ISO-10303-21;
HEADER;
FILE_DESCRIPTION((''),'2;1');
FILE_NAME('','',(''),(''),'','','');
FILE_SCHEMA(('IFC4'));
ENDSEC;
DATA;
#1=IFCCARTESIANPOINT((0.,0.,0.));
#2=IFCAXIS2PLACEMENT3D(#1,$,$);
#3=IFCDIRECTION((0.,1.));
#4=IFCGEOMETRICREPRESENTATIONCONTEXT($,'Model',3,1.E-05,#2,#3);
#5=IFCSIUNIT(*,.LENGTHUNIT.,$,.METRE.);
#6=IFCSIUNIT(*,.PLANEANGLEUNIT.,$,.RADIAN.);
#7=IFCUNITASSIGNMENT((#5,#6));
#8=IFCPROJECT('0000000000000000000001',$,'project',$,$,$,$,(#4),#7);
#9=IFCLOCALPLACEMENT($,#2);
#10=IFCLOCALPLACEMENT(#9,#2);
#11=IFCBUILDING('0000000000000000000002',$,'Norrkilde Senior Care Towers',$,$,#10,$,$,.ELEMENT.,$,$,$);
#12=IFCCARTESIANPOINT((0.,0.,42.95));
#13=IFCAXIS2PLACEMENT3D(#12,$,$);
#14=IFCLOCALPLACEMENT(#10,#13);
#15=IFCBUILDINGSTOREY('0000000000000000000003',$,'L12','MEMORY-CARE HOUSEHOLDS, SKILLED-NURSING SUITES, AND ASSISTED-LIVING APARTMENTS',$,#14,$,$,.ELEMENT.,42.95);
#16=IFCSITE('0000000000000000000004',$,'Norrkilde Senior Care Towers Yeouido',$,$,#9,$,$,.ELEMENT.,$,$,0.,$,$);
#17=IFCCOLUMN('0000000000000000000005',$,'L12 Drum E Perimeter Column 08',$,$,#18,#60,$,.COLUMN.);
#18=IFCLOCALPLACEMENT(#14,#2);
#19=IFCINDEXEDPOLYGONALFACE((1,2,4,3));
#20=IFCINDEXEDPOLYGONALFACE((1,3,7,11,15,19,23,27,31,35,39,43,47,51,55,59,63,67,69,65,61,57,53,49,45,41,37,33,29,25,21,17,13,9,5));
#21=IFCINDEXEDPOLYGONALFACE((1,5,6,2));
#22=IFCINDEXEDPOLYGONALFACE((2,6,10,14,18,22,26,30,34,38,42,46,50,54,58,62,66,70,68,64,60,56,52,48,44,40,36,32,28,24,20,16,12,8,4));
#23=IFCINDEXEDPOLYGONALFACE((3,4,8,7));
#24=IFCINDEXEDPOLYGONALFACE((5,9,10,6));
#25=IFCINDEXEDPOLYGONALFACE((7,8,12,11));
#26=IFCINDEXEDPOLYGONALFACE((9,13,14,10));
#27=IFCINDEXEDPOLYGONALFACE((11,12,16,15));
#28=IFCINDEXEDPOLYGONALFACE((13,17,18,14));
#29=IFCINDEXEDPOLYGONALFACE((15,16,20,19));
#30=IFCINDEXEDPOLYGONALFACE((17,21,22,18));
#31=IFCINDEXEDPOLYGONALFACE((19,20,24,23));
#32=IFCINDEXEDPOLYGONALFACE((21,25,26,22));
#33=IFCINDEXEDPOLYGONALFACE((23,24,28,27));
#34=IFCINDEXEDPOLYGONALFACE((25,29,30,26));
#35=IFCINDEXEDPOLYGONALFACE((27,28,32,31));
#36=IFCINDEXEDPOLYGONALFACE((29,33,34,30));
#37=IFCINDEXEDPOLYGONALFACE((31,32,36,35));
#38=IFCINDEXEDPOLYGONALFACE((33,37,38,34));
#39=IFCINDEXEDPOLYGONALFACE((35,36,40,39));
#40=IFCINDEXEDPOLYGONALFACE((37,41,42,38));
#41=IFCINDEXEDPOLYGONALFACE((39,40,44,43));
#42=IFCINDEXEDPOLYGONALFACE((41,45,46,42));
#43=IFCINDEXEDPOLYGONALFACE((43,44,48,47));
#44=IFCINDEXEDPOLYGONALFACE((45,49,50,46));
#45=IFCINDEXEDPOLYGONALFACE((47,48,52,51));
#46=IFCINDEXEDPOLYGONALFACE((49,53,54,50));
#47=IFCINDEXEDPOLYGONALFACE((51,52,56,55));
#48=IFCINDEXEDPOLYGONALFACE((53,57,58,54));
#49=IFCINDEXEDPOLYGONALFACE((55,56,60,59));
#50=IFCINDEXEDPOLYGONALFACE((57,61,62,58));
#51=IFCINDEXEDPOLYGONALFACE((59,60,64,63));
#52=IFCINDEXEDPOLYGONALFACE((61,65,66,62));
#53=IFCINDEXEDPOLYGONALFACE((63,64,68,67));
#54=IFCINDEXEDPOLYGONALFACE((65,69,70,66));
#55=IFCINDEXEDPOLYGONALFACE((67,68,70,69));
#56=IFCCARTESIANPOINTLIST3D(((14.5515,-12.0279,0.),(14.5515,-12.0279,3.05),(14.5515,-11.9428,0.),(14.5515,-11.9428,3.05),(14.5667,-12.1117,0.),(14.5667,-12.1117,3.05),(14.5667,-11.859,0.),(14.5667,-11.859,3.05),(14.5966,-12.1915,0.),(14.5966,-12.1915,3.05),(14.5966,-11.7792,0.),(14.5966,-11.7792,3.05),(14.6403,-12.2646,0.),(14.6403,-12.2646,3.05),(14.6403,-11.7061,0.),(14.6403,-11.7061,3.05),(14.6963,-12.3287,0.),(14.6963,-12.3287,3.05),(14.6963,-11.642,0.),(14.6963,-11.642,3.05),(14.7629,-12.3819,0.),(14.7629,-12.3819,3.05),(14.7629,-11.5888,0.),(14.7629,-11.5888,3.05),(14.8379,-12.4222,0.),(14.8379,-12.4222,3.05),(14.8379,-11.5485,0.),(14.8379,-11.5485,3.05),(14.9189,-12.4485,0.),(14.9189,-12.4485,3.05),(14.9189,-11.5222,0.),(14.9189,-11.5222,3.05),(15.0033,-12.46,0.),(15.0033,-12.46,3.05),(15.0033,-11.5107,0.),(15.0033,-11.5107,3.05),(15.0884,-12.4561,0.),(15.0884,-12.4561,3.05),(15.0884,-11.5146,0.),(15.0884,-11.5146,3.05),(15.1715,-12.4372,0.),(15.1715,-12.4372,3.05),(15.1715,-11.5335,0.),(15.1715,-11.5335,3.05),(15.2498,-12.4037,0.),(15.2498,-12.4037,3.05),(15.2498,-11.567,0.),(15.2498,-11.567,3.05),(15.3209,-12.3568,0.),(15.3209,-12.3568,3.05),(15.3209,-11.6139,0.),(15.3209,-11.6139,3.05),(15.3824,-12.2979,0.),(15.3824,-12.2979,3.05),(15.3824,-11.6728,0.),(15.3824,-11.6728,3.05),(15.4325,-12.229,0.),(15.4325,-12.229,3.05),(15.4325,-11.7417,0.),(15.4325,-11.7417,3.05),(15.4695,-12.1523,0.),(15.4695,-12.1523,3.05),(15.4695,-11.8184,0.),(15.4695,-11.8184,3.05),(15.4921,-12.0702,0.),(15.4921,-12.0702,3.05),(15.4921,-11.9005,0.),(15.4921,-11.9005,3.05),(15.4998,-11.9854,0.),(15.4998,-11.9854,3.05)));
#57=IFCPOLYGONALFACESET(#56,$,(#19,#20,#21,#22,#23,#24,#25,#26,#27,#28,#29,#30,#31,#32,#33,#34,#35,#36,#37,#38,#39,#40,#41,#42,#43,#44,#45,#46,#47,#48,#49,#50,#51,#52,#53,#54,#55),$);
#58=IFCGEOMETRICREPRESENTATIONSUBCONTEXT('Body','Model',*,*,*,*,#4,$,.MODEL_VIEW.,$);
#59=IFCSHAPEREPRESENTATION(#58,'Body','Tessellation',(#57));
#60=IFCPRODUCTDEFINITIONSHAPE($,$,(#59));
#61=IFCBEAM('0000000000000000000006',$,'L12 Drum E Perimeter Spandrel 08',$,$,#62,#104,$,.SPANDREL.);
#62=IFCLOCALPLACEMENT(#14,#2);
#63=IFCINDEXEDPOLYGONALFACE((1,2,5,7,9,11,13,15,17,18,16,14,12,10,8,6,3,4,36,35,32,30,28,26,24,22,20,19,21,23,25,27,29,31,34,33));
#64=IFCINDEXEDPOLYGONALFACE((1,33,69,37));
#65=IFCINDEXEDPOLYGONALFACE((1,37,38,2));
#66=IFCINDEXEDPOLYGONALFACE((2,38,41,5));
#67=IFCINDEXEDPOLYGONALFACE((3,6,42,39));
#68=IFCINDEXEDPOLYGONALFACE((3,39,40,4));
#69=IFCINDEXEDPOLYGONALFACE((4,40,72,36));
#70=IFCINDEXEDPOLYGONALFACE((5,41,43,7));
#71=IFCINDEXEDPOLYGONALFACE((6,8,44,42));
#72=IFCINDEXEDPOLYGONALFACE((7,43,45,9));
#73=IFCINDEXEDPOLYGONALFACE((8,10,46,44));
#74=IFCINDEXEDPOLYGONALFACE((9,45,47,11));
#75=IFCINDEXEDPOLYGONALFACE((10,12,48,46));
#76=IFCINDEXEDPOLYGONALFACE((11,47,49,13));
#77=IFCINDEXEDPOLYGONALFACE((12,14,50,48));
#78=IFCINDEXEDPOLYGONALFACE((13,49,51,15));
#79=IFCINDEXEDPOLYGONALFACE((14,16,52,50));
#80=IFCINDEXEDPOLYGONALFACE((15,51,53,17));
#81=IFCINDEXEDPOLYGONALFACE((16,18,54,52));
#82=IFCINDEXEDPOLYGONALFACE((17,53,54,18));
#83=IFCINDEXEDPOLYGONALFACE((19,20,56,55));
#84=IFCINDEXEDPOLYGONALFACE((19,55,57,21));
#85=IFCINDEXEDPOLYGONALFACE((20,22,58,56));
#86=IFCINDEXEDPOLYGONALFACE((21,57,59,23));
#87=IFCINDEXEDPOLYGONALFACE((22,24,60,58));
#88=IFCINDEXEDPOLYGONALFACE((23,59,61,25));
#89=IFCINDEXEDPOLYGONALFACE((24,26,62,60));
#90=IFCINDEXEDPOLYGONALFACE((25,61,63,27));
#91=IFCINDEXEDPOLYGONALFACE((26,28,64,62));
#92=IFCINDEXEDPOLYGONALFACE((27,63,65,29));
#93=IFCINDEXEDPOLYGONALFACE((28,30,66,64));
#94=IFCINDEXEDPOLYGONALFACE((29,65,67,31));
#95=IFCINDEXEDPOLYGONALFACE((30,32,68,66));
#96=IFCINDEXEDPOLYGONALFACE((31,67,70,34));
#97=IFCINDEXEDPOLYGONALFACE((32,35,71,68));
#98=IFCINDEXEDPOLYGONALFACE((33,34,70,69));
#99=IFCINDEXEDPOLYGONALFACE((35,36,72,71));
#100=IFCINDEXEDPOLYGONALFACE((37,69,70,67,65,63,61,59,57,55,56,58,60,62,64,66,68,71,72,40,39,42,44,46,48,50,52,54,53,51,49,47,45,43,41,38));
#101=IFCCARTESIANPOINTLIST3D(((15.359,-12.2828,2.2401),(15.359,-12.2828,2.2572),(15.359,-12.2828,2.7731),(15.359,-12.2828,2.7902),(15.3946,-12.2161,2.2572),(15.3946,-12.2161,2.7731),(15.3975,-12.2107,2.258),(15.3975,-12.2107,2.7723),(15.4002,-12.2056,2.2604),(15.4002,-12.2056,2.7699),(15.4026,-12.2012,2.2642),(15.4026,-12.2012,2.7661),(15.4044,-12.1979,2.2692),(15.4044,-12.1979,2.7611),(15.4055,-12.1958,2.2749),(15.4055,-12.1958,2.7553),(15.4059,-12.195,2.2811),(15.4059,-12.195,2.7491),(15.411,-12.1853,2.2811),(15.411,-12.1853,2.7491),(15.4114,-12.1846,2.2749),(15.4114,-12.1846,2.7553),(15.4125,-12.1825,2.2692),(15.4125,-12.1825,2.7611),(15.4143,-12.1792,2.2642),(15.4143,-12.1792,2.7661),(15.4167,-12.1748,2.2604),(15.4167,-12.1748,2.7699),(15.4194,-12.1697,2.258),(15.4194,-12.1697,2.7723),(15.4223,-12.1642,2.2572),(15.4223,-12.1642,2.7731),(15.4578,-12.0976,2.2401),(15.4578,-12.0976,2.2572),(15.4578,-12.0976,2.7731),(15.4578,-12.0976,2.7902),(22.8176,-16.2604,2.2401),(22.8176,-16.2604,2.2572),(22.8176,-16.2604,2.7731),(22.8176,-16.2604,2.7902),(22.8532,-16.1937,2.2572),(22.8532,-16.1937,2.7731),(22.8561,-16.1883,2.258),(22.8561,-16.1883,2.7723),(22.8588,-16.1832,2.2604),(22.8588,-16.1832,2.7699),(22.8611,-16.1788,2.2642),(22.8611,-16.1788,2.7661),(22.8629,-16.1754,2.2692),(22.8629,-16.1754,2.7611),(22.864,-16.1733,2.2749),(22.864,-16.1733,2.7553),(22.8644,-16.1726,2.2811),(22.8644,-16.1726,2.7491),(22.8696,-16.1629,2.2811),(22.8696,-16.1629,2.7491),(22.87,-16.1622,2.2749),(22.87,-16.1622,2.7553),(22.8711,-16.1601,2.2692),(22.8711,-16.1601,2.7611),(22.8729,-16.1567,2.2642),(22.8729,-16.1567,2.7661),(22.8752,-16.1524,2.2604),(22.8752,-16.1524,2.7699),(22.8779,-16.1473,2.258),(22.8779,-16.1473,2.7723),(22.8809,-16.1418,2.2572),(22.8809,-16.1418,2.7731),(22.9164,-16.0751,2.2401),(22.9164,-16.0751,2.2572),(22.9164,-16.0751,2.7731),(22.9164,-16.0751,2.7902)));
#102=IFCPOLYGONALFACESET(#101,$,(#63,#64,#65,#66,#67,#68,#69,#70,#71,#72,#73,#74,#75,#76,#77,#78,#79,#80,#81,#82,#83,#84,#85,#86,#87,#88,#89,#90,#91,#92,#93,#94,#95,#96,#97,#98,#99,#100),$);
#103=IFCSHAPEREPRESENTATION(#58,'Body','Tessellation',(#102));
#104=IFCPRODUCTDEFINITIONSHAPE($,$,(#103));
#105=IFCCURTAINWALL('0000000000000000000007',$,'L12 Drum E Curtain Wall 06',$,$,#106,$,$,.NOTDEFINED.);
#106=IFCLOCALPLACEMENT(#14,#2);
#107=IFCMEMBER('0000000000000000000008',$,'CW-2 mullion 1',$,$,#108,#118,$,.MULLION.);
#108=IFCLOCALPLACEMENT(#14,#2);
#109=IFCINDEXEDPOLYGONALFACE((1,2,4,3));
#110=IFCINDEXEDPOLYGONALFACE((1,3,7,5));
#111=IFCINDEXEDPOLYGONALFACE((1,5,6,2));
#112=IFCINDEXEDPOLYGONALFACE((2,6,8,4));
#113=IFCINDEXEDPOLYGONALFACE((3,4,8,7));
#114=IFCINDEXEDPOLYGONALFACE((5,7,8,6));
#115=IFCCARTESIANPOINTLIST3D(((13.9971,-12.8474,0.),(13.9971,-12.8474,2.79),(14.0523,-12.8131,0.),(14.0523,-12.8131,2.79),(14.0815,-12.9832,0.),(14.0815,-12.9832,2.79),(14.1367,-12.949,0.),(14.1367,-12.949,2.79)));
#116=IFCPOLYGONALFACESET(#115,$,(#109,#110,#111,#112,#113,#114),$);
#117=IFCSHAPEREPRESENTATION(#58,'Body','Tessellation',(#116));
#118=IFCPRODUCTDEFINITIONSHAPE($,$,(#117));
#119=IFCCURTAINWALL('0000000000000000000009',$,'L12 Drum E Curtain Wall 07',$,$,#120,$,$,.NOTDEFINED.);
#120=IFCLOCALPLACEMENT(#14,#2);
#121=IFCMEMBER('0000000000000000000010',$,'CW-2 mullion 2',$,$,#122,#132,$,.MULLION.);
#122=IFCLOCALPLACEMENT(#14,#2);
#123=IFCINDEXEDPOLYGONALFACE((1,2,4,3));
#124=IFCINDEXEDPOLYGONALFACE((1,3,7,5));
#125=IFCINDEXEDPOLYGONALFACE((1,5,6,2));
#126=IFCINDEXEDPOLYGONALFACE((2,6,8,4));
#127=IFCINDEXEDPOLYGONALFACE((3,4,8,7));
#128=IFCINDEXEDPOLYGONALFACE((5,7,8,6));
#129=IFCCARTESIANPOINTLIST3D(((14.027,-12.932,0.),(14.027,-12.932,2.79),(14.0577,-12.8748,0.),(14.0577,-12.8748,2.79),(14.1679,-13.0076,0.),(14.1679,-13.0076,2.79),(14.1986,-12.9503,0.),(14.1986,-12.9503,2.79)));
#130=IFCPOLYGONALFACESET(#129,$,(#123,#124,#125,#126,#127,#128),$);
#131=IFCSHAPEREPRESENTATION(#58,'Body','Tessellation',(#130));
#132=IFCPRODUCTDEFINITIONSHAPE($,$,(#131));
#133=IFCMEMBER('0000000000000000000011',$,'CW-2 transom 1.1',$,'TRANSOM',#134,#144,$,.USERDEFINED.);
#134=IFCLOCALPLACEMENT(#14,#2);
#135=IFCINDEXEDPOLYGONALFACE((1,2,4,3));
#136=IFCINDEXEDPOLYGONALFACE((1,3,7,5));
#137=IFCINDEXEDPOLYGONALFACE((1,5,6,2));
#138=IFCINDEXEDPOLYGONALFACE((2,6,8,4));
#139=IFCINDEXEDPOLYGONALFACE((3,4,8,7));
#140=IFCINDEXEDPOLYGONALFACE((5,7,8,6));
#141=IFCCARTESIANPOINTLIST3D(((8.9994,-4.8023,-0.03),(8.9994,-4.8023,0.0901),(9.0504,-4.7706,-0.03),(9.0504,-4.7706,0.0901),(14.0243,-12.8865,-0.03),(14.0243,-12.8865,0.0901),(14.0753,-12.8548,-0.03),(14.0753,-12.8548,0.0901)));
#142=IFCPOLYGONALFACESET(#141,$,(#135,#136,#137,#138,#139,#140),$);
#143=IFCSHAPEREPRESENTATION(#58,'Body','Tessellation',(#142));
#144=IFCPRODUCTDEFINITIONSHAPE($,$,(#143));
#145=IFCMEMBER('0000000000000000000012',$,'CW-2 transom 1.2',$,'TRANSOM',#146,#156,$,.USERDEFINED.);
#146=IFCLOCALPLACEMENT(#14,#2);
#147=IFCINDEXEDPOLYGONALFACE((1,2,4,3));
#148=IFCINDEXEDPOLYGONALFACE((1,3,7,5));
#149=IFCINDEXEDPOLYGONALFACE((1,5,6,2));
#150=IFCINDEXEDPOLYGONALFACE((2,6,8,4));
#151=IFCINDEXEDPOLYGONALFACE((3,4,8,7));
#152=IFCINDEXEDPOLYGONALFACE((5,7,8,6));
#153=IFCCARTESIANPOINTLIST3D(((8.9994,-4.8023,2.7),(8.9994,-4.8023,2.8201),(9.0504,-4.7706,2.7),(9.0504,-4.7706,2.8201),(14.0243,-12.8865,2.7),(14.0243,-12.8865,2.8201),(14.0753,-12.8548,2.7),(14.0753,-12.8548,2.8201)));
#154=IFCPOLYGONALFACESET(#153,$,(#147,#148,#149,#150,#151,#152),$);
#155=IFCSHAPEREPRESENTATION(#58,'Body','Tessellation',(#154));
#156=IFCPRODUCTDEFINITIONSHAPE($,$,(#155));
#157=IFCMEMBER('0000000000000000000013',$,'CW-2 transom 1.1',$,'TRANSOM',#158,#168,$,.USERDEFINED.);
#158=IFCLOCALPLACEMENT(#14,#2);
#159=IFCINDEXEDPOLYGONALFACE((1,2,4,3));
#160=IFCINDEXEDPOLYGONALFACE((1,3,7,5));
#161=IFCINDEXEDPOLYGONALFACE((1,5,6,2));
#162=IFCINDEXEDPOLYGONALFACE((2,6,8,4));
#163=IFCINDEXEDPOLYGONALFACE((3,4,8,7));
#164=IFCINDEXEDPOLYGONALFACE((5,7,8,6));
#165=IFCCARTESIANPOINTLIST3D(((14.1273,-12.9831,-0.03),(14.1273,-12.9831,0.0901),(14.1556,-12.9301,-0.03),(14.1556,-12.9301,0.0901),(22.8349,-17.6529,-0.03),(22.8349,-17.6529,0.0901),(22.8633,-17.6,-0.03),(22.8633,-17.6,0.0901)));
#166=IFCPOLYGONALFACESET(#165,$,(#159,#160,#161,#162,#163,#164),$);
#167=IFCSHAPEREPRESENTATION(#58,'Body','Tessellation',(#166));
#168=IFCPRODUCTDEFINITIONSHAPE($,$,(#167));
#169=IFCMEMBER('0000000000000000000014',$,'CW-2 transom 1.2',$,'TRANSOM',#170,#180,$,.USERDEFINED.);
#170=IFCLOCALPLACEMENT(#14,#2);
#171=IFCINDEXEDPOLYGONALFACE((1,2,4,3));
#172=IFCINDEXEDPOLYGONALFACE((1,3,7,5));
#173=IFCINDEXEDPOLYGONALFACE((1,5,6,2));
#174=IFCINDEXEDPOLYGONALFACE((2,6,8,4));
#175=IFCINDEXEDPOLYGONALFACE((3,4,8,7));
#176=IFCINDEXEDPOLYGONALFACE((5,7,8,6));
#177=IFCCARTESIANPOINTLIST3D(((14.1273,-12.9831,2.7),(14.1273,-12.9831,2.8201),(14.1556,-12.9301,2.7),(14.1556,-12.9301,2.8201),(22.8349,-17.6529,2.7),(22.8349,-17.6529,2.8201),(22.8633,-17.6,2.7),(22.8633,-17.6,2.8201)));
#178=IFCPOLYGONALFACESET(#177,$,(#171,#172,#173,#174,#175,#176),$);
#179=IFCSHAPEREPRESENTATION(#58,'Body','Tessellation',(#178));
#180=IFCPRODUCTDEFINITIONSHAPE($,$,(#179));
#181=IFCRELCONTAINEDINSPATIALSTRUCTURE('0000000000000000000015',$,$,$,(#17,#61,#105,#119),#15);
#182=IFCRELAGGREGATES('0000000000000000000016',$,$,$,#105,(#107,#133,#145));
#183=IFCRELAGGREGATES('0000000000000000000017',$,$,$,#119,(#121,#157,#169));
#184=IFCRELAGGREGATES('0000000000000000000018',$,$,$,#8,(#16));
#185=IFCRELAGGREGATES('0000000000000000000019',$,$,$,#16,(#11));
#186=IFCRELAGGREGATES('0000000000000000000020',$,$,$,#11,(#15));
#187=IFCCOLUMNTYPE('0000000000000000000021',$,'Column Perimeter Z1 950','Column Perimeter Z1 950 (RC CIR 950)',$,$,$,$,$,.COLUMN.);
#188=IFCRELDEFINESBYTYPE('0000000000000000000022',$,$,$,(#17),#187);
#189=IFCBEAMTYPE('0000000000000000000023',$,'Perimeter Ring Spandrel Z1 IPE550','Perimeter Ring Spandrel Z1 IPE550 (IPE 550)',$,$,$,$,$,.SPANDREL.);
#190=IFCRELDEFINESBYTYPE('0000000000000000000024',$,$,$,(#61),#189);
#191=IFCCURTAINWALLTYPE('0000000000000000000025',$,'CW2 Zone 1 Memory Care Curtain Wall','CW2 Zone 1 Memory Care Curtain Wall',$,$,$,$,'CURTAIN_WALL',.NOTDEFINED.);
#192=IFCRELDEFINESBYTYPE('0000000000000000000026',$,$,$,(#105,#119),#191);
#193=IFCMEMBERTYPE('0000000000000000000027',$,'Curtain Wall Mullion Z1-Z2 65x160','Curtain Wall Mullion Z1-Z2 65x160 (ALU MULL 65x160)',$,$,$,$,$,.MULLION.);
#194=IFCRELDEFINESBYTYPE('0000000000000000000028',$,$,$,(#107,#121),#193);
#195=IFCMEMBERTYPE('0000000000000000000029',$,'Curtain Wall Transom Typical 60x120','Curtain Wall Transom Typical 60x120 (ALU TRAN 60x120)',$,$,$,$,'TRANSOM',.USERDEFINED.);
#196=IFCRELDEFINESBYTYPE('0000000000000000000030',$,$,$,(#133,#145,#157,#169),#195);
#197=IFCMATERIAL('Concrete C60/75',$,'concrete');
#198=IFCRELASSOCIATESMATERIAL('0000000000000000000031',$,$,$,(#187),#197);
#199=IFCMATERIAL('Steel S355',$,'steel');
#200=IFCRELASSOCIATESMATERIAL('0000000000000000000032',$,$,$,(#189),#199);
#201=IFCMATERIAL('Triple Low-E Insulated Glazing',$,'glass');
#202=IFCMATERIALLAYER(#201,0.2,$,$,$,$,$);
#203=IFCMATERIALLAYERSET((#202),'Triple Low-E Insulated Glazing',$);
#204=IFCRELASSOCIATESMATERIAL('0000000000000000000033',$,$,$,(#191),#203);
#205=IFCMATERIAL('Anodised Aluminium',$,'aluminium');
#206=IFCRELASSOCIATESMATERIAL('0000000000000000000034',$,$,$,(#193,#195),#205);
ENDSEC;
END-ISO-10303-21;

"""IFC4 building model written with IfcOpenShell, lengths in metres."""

from ifc_helpers import new_model, si_unit, direction, frame, origin, origin_2d, place, context, subcontext, project, spatial, rectangle, circle, i_section, extrude, source, transform, mapped, material, layer, layer_set, material_profile, profile_set, type_object, type_shapes, element, aggregate, save


model = new_model("IFC4")

# Units and contexts
model_context = context("Model", 3, precision=1e-05, world=origin(), true_north=direction((0.0, 1.0)))
body_context = subcontext(model_context, "Body", "Model", "MODEL_VIEW")
ifc_project = project(units=[si_unit("LENGTHUNIT", "METRE"), si_unit("PLANEANGLEUNIT", "RADIAN")], contexts=[model_context])

# Site, building, storey
site_placement = place(None, origin())
site = spatial("IfcSite", under=ifc_project, at=site_placement, Name="Norrkilde Senior Care Towers Yeouido", CompositionType="ELEMENT", RefElevation=0.0)
building_placement = place(site_placement, origin())
building = spatial("IfcBuilding", under=site, at=building_placement, Name="Norrkilde Senior Care Towers", CompositionType="ELEMENT")
storey_placement = place(building_placement, frame((0.0, 0.0, 42.95)))
storey = spatial("IfcBuildingStorey", under=building, at=storey_placement, Name="L12", Description="MEMORY-CARE HOUSEHOLDS, SKILLED-NURSING SUITES, AND ASSISTED-LIVING APARTMENTS", CompositionType="ELEMENT", Elevation=42.95)

# Column
ifc_material_1 = material(Name="Concrete C60/75", Category="concrete")
ifc_material_profile_1 = material_profile(ifc_material_1, circle(Radius=0.4751, at=origin_2d()), Name="RC CIR 950")
ifc_profile_set_1 = profile_set([ifc_material_profile_1], Name="Concrete C60/75")
column_type = type_object("IfcColumnType", Name="Column Perimeter Z1 950", Description="Column Perimeter Z1 950 (RC CIR 950)", PredefinedType="COLUMN", material=ifc_profile_set_1)
shared_shape_1 = source(origin(), body_context, "Body", "SweptSolid", [
    extrude(circle(Radius=0.4751, at=origin_2d()), origin(), (0.0, 0.0, 1.0), 3.05),
])
type_shapes(column_type, [shared_shape_1])
column_placement = place(storey_placement, frame((15.0247, -11.9854, 0.0), z_axis=(0.0, 0.0, 1.0), x_axis=(1.0, 0.0, 0.0)))
element("IfcColumn", 1, at=column_placement, inside=storey, type_object=column_type, Name="L12 Drum E Perimeter Column 08", PredefinedType="COLUMN", context=body_context, shape_type="MappedRepresentation", body=[
    mapped(shared_shape_1, transform((0.0, 0.0, 0.0), x_axis=(1.0, 0.0, 0.0), y_axis=(0.0, 1.0, 0.0), z_axis=(0.0, 0.0, 1.0), scale=1.0)),
])

# Beam
ifc_material_2 = material(Name="Steel S355", Category="steel")
ifc_material_profile_2 = material_profile(ifc_material_2, i_section(OverallWidth=0.21, OverallDepth=0.55, WebThickness=0.011, FlangeThickness=0.0171, FilletRadius=0.0239, at=origin_2d()), Name="IPE 550")
ifc_profile_set_2 = profile_set([ifc_material_profile_2], Name="Steel S355")
beam_type = type_object("IfcBeamType", Name="Perimeter Ring Spandrel Z1 IPE550", Description="Perimeter Ring Spandrel Z1 IPE550 (IPE 550)", PredefinedType="SPANDREL", material=ifc_profile_set_2)
shared_shape_2 = source(origin(), body_context, "Body", "SweptSolid", [
    extrude(i_section(OverallWidth=0.21, OverallDepth=0.55, WebThickness=0.011, FlangeThickness=0.0171, FilletRadius=0.0239, at=origin_2d()), origin(), (0.0, 0.0, 1.0), 8.4529),
])
type_shapes(beam_type, [shared_shape_2])
beam_placement = place(storey_placement, frame((15.4084, -12.1902, 2.5151), z_axis=(0.882369, -0.470558, 0.0), x_axis=(0.470558, 0.882369, 0.0)))
element("IfcBeam", 2, at=beam_placement, inside=storey, type_object=beam_type, Name="L12 Drum E Perimeter Spandrel 08", PredefinedType="SPANDREL", context=body_context, shape_type="MappedRepresentation", body=[
    mapped(shared_shape_2, transform((0.0, 0.0, 0.0), x_axis=(1.0, 0.0, 0.0), y_axis=(0.0, 1.0, 0.0), z_axis=(0.0, 0.0, 1.0), scale=1.0)),
])

# Curtain walls, members
ifc_material_3 = material(Name="Triple Low-E Insulated Glazing", Category="glass")
ifc_layer_1 = layer(ifc_material_3, 0.2)
ifc_layer_set_1 = layer_set([ifc_layer_1], Name="Triple Low-E Insulated Glazing")
curtain_wall_type = type_object("IfcCurtainWallType", Name="CW2 Zone 1 Memory Care Curtain Wall", Description="CW2 Zone 1 Memory Care Curtain Wall", ElementType="CURTAIN_WALL", PredefinedType="NOTDEFINED", material=ifc_layer_set_1)
curtain_wall_1_placement = place(storey_placement, origin())
curtain_wall_1 = element("IfcCurtainWall", 3, at=curtain_wall_1_placement, inside=storey, type_object=curtain_wall_type, Name="L12 Drum E Curtain Wall 06", PredefinedType="NOTDEFINED")
ifc_material_4 = material(Name="Anodised Aluminium", Category="aluminium")
ifc_material_profile_3 = material_profile(ifc_material_4, rectangle(XDim=0.0649, YDim=0.1599, at=origin_2d()), Name="ALU MULL 65x160")
ifc_profile_set_3 = profile_set([ifc_material_profile_3], Name="Anodised Aluminium")
member_type_1 = type_object("IfcMemberType", Name="Curtain Wall Mullion Z1-Z2 65x160", Description="Curtain Wall Mullion Z1-Z2 65x160 (ALU MULL 65x160)", PredefinedType="MULLION", material=ifc_profile_set_3)
shared_shape_3 = source(origin(), body_context, "Body", "SweptSolid", [
    extrude(rectangle(XDim=0.0649, YDim=0.1599, at=origin_2d()), origin(), (0.0, 0.0, 1.0), 2.79),
])
type_shapes(member_type_1, [shared_shape_3])
member_1_placement = place(storey_placement, frame((14.0669, -12.8982, 0.0), z_axis=(0.0, 0.0, 1.0), x_axis=(-0.849306, -0.527901, 0.0)))
member_1 = element("IfcMember", 4, at=member_1_placement, type_object=member_type_1, Name="CW-2 mullion 1", PredefinedType="MULLION", context=body_context, shape_type="MappedRepresentation", body=[
    mapped(shared_shape_3, transform((0.0, 0.0, 0.0), x_axis=(1.0, 0.0, 0.0), y_axis=(0.0, 1.0, 0.0), z_axis=(0.0, 0.0, 1.0), scale=1.0)),
])
curtain_wall_2_placement = place(storey_placement, origin())
curtain_wall_2 = element("IfcCurtainWall", 5, at=curtain_wall_2_placement, inside=storey, type_object=curtain_wall_type, Name="L12 Drum E Curtain Wall 07", PredefinedType="NOTDEFINED")
member_2_placement = place(storey_placement, frame((14.1128, -12.9412, 0.0), z_axis=(0.0, 0.0, 1.0), x_axis=(-0.472608, -0.881273, 0.0)))
member_2 = element("IfcMember", 6, at=member_2_placement, type_object=member_type_1, Name="CW-2 mullion 2", PredefinedType="MULLION", context=body_context, shape_type="MappedRepresentation", body=[
    mapped(shared_shape_3, transform((0.0, 0.0, 0.0), x_axis=(1.0, 0.0, 0.0), y_axis=(0.0, 1.0, 0.0), z_axis=(0.0, 0.0, 1.0), scale=1.0)),
])

# Members
ifc_material_profile_4 = material_profile(ifc_material_4, rectangle(XDim=0.0601, YDim=0.1201, at=origin_2d()), Name="ALU TRAN 60x120")
ifc_profile_set_4 = profile_set([ifc_material_profile_4], Name="Anodised Aluminium")
member_type_2 = type_object("IfcMemberType", Name="Curtain Wall Transom Typical 60x120", Description="Curtain Wall Transom Typical 60x120 (ALU TRAN 60x120)", ElementType="TRANSOM", PredefinedType="USERDEFINED", material=ifc_profile_set_4)
shared_shape_4 = source(origin(), body_context, "Body", "SweptSolid", [
    extrude(rectangle(XDim=0.0601, YDim=0.1201, at=origin_2d()), origin(), (0.0, 0.0, 1.0), 9.5186),
])
member_3_placement = place(storey_placement, frame((14.0498, -12.8706, 0.03), z_axis=(-0.527902, 0.849306, 0.0), x_axis=(-0.849306, -0.527902, 0.0)))
member_3 = element("IfcMember", 7, at=member_3_placement, type_object=member_type_2, Name="CW-2 transom 1.1", ObjectType="TRANSOM", PredefinedType="USERDEFINED", context=body_context, shape_type="MappedRepresentation", body=[
    mapped(shared_shape_4, transform((0.0, 0.0, 0.0), x_axis=(1.0, 0.0, 0.0), y_axis=(0.0, 1.0, 0.0), z_axis=(0.0, 0.0, 1.0), scale=1.0)),
])
member_4_placement = place(storey_placement, frame((14.0498, -12.8706, 2.76), z_axis=(-0.527902, 0.849306, 0.0), x_axis=(-0.849306, -0.527902, 0.0)))
member_4 = element("IfcMember", 8, at=member_4_placement, type_object=member_type_2, Name="CW-2 transom 1.2", ObjectType="TRANSOM", PredefinedType="USERDEFINED", context=body_context, shape_type="MappedRepresentation", body=[
    mapped(shared_shape_4, transform((0.0, 0.0, 0.0), x_axis=(1.0, 0.0, 0.0), y_axis=(0.0, 1.0, 0.0), z_axis=(0.0, 0.0, 1.0), scale=1.0)),
])
aggregate(curtain_wall_1, [member_1, member_3, member_4])
shared_shape_5 = source(origin(), body_context, "Body", "SweptSolid", [
    extrude(rectangle(XDim=0.0601, YDim=0.1201, at=origin_2d()), origin(), (0.0, 0.0, 1.0), 9.8809),
])
type_shapes(member_type_2, [shared_shape_4, shared_shape_5])
member_5_placement = place(storey_placement, frame((22.8491, -17.6265, 0.03), z_axis=(-0.881267, 0.472618, 0.0), x_axis=(-0.472618, -0.881267, 0.0)))
member_5 = element("IfcMember", 9, at=member_5_placement, type_object=member_type_2, Name="CW-2 transom 1.1", ObjectType="TRANSOM", PredefinedType="USERDEFINED", context=body_context, shape_type="MappedRepresentation", body=[
    mapped(shared_shape_5, transform((0.0, 0.0, 0.0), x_axis=(1.0, 0.0, 0.0), y_axis=(0.0, 1.0, 0.0), z_axis=(0.0, 0.0, 1.0), scale=1.0)),
])
member_6_placement = place(storey_placement, frame((22.8491, -17.6265, 2.76), z_axis=(-0.881267, 0.472618, 0.0), x_axis=(-0.472618, -0.881267, 0.0)))
member_6 = element("IfcMember", 10, at=member_6_placement, type_object=member_type_2, Name="CW-2 transom 1.2", ObjectType="TRANSOM", PredefinedType="USERDEFINED", context=body_context, shape_type="MappedRepresentation", body=[
    mapped(shared_shape_5, transform((0.0, 0.0, 0.0), x_axis=(1.0, 0.0, 0.0), y_axis=(0.0, 1.0, 0.0), z_axis=(0.0, 0.0, 1.0), scale=1.0)),
])

aggregate(curtain_wall_2, [member_2, member_5, member_6])

save(model, "model.ifc")
